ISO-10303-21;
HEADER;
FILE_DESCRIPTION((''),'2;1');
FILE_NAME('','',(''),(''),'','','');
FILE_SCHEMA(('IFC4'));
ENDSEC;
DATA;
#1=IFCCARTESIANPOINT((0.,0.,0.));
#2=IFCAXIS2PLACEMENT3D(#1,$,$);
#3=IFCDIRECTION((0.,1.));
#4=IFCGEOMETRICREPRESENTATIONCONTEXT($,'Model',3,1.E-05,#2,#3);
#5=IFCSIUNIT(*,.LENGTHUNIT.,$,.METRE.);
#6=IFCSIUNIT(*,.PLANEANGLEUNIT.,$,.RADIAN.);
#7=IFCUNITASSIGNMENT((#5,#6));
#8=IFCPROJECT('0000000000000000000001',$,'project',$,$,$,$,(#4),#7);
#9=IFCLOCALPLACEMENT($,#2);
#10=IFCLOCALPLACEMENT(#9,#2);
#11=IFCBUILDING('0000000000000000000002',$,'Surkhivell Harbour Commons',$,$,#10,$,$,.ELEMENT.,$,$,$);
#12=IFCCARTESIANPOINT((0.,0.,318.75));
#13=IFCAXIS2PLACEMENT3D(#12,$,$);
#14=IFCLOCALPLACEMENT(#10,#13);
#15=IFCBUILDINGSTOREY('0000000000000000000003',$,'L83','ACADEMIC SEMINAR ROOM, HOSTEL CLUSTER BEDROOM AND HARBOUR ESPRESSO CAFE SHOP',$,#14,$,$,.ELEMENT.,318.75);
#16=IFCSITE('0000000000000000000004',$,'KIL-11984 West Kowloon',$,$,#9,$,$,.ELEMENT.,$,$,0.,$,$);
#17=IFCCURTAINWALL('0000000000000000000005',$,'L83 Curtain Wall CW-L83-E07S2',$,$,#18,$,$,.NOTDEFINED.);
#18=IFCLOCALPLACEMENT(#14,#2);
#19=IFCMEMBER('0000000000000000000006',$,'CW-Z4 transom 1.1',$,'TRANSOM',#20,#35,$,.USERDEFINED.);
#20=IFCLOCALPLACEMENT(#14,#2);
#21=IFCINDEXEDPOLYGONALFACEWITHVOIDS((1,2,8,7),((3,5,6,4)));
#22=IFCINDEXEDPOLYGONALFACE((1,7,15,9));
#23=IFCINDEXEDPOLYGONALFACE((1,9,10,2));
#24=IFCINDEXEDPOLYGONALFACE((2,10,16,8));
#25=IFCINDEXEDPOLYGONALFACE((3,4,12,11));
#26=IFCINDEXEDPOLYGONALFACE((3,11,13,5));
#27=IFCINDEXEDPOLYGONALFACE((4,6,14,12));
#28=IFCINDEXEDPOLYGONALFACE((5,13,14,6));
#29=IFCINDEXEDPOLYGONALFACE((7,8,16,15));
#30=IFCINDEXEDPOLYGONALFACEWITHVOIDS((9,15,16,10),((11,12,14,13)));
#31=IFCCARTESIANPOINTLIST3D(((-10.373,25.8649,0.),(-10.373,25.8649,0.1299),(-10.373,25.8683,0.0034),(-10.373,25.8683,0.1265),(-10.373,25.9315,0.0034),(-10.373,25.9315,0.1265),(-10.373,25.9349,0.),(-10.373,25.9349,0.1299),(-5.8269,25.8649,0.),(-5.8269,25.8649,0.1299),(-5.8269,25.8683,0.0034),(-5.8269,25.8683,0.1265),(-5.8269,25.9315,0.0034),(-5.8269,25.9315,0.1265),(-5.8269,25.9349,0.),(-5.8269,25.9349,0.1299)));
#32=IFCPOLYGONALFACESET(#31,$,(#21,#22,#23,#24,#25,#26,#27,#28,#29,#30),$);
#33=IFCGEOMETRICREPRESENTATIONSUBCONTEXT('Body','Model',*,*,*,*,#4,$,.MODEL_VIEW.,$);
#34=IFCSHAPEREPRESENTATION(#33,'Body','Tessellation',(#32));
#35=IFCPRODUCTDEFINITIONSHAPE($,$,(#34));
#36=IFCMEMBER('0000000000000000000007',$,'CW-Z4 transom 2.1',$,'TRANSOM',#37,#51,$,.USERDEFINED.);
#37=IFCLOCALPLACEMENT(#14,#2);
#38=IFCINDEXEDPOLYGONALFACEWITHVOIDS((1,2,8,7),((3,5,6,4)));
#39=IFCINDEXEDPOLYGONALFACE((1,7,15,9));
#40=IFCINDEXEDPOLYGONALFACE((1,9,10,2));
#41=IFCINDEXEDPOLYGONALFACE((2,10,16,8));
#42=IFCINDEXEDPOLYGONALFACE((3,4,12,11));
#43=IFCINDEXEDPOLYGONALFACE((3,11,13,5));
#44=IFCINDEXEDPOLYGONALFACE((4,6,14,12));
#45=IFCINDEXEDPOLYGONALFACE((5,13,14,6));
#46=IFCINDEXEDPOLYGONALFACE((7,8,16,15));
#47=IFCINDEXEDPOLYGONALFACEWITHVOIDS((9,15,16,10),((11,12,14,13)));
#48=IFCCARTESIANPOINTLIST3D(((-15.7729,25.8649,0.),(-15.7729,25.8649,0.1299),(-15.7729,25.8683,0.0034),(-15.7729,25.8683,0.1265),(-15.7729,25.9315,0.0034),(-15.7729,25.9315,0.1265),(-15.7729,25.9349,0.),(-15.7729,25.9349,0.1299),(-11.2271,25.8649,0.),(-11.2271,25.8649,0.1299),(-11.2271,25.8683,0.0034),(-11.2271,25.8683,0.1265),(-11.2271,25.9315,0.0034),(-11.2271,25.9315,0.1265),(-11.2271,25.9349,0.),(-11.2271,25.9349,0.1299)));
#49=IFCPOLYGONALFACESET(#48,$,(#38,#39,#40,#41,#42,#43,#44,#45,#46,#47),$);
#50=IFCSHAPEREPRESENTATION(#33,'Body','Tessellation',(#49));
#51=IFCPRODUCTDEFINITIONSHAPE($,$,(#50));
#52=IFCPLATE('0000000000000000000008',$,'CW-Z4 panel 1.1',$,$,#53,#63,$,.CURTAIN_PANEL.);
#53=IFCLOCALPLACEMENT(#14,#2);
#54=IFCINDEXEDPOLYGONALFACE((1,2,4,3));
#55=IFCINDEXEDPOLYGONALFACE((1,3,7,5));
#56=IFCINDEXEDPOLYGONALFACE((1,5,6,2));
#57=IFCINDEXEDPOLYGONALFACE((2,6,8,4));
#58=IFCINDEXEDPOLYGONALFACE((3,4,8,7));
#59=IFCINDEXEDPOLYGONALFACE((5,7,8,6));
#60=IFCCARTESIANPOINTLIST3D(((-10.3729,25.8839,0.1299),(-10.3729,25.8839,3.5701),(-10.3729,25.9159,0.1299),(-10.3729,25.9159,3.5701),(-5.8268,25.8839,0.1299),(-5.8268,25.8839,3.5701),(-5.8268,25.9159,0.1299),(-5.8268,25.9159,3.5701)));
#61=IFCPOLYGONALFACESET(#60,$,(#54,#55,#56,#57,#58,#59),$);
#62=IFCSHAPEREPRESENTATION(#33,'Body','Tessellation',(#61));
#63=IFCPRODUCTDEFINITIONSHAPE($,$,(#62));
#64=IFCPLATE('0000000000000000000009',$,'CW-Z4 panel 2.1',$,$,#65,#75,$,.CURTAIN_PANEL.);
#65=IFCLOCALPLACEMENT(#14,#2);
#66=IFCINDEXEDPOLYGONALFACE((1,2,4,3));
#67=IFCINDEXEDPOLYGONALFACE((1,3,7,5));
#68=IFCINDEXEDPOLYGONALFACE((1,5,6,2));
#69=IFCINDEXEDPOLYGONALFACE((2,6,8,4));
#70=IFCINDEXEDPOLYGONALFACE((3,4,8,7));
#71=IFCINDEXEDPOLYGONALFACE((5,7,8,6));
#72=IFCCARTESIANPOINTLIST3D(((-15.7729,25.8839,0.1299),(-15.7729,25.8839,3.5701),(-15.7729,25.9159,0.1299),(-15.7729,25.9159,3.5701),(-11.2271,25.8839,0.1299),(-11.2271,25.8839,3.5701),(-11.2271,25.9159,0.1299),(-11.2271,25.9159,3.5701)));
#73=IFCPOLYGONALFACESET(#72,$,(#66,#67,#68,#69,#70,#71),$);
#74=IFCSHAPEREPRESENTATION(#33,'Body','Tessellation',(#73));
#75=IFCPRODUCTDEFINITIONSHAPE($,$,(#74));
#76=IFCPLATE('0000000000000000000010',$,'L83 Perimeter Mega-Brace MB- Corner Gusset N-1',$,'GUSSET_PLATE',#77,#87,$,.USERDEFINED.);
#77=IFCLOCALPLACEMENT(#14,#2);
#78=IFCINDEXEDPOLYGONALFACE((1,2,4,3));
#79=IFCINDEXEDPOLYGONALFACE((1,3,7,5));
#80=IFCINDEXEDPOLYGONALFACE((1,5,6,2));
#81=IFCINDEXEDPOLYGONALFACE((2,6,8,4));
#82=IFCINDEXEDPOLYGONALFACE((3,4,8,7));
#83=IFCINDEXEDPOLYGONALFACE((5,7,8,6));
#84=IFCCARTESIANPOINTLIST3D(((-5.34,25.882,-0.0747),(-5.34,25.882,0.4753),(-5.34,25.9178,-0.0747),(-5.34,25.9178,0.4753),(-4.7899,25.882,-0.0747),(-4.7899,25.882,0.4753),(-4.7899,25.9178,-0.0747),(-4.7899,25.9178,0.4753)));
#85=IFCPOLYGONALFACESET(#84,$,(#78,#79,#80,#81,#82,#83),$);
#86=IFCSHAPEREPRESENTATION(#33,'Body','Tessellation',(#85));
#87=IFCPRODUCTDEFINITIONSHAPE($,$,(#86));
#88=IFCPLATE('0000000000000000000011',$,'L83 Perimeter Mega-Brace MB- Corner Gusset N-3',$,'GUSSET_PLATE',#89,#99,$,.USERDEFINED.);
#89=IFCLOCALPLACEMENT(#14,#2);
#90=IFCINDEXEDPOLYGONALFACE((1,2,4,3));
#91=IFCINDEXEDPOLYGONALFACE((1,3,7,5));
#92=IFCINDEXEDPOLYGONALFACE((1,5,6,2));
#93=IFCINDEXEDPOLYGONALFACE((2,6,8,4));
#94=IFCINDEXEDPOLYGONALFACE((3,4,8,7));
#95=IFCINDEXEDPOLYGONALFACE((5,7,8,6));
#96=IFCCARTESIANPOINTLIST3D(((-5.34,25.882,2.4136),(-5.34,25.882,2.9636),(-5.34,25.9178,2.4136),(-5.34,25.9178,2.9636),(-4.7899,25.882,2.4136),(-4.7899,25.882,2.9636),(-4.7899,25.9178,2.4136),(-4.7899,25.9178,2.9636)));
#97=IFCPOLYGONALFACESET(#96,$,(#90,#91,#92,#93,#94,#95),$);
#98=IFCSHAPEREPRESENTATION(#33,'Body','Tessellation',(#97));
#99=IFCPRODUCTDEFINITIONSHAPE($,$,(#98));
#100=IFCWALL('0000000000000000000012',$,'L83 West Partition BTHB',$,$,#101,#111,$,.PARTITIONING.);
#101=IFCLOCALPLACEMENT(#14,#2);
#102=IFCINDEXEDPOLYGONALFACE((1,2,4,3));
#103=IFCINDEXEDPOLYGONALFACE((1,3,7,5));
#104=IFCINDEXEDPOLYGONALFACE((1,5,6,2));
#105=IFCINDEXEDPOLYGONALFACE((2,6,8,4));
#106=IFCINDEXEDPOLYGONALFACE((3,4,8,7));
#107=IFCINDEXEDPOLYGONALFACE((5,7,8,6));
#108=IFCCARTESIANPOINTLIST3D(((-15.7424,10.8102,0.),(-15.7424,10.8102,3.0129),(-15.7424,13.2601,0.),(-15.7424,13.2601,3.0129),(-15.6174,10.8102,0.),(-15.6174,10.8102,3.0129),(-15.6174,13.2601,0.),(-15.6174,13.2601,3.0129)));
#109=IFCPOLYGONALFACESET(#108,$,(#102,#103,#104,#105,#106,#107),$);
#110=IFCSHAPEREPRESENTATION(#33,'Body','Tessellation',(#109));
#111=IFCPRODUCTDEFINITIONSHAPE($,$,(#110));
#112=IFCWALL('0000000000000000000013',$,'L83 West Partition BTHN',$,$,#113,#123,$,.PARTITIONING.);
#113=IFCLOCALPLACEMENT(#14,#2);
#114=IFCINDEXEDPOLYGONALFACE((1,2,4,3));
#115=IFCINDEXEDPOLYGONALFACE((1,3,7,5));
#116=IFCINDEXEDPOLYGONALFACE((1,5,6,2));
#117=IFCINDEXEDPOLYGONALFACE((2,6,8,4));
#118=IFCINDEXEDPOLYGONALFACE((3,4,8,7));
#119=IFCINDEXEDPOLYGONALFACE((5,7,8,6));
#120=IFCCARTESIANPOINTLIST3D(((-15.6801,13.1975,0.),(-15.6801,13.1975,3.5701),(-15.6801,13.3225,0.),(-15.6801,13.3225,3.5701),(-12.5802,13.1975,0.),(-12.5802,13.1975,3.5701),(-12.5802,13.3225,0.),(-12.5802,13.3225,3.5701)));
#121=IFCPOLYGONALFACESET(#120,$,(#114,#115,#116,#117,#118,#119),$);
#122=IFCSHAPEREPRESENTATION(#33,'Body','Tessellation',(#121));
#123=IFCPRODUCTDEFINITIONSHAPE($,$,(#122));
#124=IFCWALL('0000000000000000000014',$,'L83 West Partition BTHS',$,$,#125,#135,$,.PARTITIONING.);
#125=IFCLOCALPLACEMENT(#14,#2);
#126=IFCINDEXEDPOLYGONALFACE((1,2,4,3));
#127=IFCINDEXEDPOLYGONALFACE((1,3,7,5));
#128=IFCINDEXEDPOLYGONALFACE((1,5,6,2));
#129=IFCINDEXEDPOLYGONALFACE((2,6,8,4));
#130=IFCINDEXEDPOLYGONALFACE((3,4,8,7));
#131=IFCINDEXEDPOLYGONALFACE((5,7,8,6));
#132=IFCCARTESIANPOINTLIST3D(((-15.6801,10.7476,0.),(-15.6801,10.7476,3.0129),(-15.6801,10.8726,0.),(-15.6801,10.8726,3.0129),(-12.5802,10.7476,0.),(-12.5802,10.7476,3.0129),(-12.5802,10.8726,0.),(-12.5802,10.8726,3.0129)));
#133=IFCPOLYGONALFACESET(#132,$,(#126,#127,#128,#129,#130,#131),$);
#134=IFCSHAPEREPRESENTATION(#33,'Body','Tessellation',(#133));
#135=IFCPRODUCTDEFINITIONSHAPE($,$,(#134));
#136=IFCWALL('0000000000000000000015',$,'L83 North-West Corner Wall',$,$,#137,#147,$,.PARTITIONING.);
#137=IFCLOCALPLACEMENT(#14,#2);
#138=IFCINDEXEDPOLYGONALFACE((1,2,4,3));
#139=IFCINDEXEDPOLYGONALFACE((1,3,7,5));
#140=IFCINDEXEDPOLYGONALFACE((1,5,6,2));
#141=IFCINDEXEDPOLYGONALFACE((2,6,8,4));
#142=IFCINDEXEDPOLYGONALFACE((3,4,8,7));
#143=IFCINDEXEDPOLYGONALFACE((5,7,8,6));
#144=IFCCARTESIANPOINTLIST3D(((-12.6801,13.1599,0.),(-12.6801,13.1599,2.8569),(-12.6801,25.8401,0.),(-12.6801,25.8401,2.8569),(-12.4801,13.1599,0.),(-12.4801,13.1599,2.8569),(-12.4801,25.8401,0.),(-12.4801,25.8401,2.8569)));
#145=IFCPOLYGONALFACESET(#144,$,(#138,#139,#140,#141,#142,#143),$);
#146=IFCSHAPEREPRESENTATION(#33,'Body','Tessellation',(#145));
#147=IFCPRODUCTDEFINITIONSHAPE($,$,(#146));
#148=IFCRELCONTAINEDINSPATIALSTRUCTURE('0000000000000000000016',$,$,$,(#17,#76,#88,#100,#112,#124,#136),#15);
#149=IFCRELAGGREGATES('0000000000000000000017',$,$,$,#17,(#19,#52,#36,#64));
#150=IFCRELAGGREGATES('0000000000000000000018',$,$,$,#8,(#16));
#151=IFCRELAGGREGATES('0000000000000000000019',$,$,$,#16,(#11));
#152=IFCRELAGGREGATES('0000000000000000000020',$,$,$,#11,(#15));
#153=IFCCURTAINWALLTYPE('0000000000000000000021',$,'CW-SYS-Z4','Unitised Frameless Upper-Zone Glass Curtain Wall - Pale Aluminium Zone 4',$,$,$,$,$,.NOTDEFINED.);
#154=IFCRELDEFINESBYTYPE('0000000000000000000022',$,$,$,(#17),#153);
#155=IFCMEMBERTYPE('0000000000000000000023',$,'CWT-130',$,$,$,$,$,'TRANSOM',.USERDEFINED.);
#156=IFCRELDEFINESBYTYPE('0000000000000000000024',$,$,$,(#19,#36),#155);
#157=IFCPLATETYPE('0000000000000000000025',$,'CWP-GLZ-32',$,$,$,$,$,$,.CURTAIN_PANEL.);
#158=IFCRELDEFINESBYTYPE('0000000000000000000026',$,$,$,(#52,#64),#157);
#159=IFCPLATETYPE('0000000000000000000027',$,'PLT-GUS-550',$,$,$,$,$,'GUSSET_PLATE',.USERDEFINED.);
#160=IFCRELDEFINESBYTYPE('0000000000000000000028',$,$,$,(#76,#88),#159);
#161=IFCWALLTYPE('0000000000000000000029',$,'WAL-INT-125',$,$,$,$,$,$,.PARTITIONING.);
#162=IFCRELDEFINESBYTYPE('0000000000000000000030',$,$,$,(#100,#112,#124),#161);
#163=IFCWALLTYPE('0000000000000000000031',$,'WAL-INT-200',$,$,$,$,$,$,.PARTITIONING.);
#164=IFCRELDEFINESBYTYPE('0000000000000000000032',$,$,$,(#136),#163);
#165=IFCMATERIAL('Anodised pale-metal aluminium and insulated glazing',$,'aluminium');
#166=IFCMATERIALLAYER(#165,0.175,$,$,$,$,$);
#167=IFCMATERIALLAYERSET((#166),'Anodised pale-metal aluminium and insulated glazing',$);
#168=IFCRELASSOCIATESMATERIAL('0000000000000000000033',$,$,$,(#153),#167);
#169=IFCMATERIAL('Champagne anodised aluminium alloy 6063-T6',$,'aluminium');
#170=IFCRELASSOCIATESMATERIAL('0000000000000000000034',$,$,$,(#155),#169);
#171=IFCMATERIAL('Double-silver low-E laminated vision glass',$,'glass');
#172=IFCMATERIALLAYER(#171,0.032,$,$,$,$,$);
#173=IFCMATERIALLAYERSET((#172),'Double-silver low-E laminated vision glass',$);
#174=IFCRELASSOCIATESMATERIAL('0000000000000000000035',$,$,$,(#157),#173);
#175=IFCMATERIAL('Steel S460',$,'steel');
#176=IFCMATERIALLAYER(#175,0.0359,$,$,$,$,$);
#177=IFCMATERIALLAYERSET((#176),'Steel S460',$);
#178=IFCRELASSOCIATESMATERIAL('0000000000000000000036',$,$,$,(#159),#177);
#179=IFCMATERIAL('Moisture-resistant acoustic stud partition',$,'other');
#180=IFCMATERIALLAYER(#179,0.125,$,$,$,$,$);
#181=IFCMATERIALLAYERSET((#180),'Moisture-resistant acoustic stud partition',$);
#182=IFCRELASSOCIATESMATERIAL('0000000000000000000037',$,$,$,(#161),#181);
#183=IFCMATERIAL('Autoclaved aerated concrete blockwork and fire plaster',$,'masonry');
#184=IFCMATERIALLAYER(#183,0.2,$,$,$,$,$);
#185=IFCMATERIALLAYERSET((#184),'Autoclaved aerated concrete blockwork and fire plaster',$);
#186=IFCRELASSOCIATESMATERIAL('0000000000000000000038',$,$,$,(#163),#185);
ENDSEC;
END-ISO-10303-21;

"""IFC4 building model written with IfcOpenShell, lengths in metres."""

from ifc_helpers import new_model, si_unit, direction, frame, frame_2d, origin, origin_2d, place, context, subcontext, project, spatial, rectangle, hollow_rectangle, extrude, material, layer, layer_set, material_profile, profile_set, type_object, element, aggregate, save


model = new_model("IFC4")

# Units and contexts
model_context = context("Model", 3, precision=1e-05, world=origin(), true_north=direction((0.0, 1.0)))
body_context = subcontext(model_context, "Body", "Model", "MODEL_VIEW")
ifc_project = project(units=[si_unit("LENGTHUNIT", "METRE"), si_unit("PLANEANGLEUNIT", "RADIAN")], contexts=[model_context])

# Site, building, storey
site_placement = place(None, origin())
site = spatial("IfcSite", under=ifc_project, at=site_placement, Name="KIL-11984 West Kowloon", CompositionType="ELEMENT", RefElevation=0.0)
building_placement = place(site_placement, origin())
building = spatial("IfcBuilding", under=site, at=building_placement, Name="Surkhivell Harbour Commons", CompositionType="ELEMENT")
storey_placement = place(building_placement, frame((0.0, 0.0, 318.75)))
storey = spatial("IfcBuildingStorey", under=building, at=storey_placement, Name="L83", Description="ACADEMIC SEMINAR ROOM, HOSTEL CLUSTER BEDROOM AND HARBOUR ESPRESSO CAFE SHOP", CompositionType="ELEMENT", Elevation=318.75)

# Curtain wall, members, plates
ifc_material_1 = material(Name="Anodised pale-metal aluminium and insulated glazing", Category="aluminium")
ifc_layer_1 = layer(ifc_material_1, 0.175)
ifc_layer_set_1 = layer_set([ifc_layer_1], Name="Anodised pale-metal aluminium and insulated glazing")
curtain_wall_type = type_object("IfcCurtainWallType", Name="CW-SYS-Z4", Description="Unitised Frameless Upper-Zone Glass Curtain Wall - Pale Aluminium Zone 4", PredefinedType="NOTDEFINED", material=ifc_layer_set_1)
curtain_wall_placement = place(storey_placement, origin())
curtain_wall = element("IfcCurtainWall", 1, at=curtain_wall_placement, inside=storey, type_object=curtain_wall_type, Name="L83 Curtain Wall CW-L83-E07S2", PredefinedType="NOTDEFINED")
ifc_material_2 = material(Name="Champagne anodised aluminium alloy 6063-T6", Category="aluminium")
ifc_material_profile_1 = material_profile(ifc_material_2, hollow_rectangle(XDim=0.0701, YDim=0.1299, WallThickness=0.0034, at=origin_2d()), Name="ALU-TRAN-70x130")
ifc_profile_set_1 = profile_set([ifc_material_profile_1], Name="Champagne anodised aluminium alloy 6063-T6")
member_type_1 = type_object("IfcMemberType", Name="CWT-130", ElementType="TRANSOM", PredefinedType="USERDEFINED", material=ifc_profile_set_1)
member_1_placement = place(storey_placement, frame((-5.8269, 25.8999, 0.0649), z_axis=(-1.0, 0.0, 0.0), x_axis=(0.0, -1.0, 0.0)))
member_1 = element("IfcMember", 2, at=member_1_placement, type_object=member_type_1, Name="CW-Z4 transom 1.1", ObjectType="TRANSOM", PredefinedType="USERDEFINED", context=body_context, shape_type="SweptSolid", body=[
    extrude(hollow_rectangle(XDim=0.0701, YDim=0.1299, WallThickness=0.0034, at=origin_2d()), origin(), (0.0, 0.0, 1.0), 4.5461),
])
member_2_placement = place(storey_placement, frame((-11.2271, 25.8999, 0.0649), z_axis=(-1.0, 0.0, 0.0), x_axis=(0.0, -1.0, 0.0)))
member_2 = element("IfcMember", 3, at=member_2_placement, type_object=member_type_1, Name="CW-Z4 transom 2.1", ObjectType="TRANSOM", PredefinedType="USERDEFINED", context=body_context, shape_type="SweptSolid", body=[
    extrude(hollow_rectangle(XDim=0.0701, YDim=0.1299, WallThickness=0.0034, at=origin_2d()), origin(), (0.0, 0.0, 1.0), 4.5459),
])
ifc_material_3 = material(Name="Double-silver low-E laminated vision glass", Category="glass")
ifc_layer_2 = layer(ifc_material_3, 0.032)
ifc_layer_set_2 = layer_set([ifc_layer_2], Name="Double-silver low-E laminated vision glass")
plate_type_1 = type_object("IfcPlateType", Name="CWP-GLZ-32", PredefinedType="CURTAIN_PANEL", material=ifc_layer_set_2)
plate_1_placement = place(storey_placement, frame((-5.8269, 25.8999, 0.1299), z_axis=(0.0, 0.0, 1.0), x_axis=(-1.0, 0.0, 0.0)))
plate_1 = element("IfcPlate", 4, at=plate_1_placement, type_object=plate_type_1, Name="CW-Z4 panel 1.1", PredefinedType="CURTAIN_PANEL", context=body_context, shape_type="SweptSolid", body=[
    extrude(rectangle(XDim=4.5461, YDim=0.032, at=frame_2d((2.2729, 0.0))), origin(), (0.0, 0.0, 1.0), 3.4402),
])
plate_2_placement = place(storey_placement, frame((-11.2271, 25.8999, 0.1299), z_axis=(0.0, 0.0, 1.0), x_axis=(-1.0, 0.0, 0.0)))
plate_2 = element("IfcPlate", 5, at=plate_2_placement, type_object=plate_type_1, Name="CW-Z4 panel 2.1", PredefinedType="CURTAIN_PANEL", context=body_context, shape_type="SweptSolid", body=[
    extrude(rectangle(XDim=4.5459, YDim=0.032, at=frame_2d((2.2729, 0.0))), origin(), (0.0, 0.0, 1.0), 3.4402),
])
aggregate(curtain_wall, [member_1, plate_1, member_2, plate_2])

# Plates
ifc_material_4 = material(Name="Steel S460", Category="steel")
ifc_layer_3 = layer(ifc_material_4, 0.0359)
ifc_layer_set_3 = layer_set([ifc_layer_3], Name="Steel S460")
plate_type_2 = type_object("IfcPlateType", Name="PLT-GUS-550", ElementType="GUSSET_PLATE", PredefinedType="USERDEFINED", material=ifc_layer_set_3)
for number, where, z_axis, x_axis, name in (
    (6, (-5.0649, 25.8999, -0.0747), (0.0, 0.0, 1.0), (1.0, 0.0, 0.0), "L83 Perimeter Mega-Brace MB- Corner Gusset N-1"),
    (7, (-5.0649, 25.8999, 2.4136), (0.0, 0.0, 1.0), (1.0, 0.0, 0.0), "L83 Perimeter Mega-Brace MB- Corner Gusset N-3"),
):
    element("IfcPlate", number, at=place(storey_placement, frame(where, z_axis=z_axis, x_axis=x_axis)), inside=storey, type_object=plate_type_2, Name=name, ObjectType="GUSSET_PLATE", PredefinedType="USERDEFINED", context=body_context, shape_type="SweptSolid", body=[
        extrude(rectangle(XDim=0.55, YDim=0.0359, at=origin_2d()), origin(), (0.0, 0.0, 1.0), 0.55),
    ])

# Walls
ifc_material_5 = material(Name="Moisture-resistant acoustic stud partition", Category="other")
ifc_layer_4 = layer(ifc_material_5, 0.125)
ifc_layer_set_4 = layer_set([ifc_layer_4], Name="Moisture-resistant acoustic stud partition")
wall_type_1 = type_object("IfcWallType", Name="WAL-INT-125", PredefinedType="PARTITIONING", material=ifc_layer_set_4)
wall_1_placement = place(storey_placement, frame((-15.6799, 10.8101, 0.0), z_axis=(0.0, 0.0, 1.0), x_axis=(0.0, 1.0, 0.0)))
element("IfcWall", 8, at=wall_1_placement, inside=storey, type_object=wall_type_1, Name="L83 West Partition BTHB", PredefinedType="PARTITIONING", context=body_context, shape_type="SweptSolid", body=[
    extrude(rectangle(XDim=2.45, YDim=0.125, at=frame_2d((1.2251, 0.0))), origin(), (0.0, 0.0, 1.0), 3.0129),
])
wall_2_placement = place(storey_placement, frame((-15.6799, 13.26, 0.0), z_axis=(0.0, 0.0, 1.0), x_axis=(1.0, 0.0, 0.0)))
element("IfcWall", 9, at=wall_2_placement, inside=storey, type_object=wall_type_1, Name="L83 West Partition BTHN", PredefinedType="PARTITIONING", context=body_context, shape_type="SweptSolid", body=[
    extrude(rectangle(XDim=3.0999, YDim=0.125, at=frame_2d((1.5498, 0.0))), origin(), (0.0, 0.0, 1.0), 3.5701),
])
wall_3_placement = place(storey_placement, frame((-15.6799, 10.8101, 0.0), z_axis=(0.0, 0.0, 1.0), x_axis=(1.0, 0.0, 0.0)))
element("IfcWall", 10, at=wall_3_placement, inside=storey, type_object=wall_type_1, Name="L83 West Partition BTHS", PredefinedType="PARTITIONING", context=body_context, shape_type="SweptSolid", body=[
    extrude(rectangle(XDim=3.0999, YDim=0.125, at=frame_2d((1.5498, 0.0))), origin(), (0.0, 0.0, 1.0), 3.0129),
])
ifc_material_6 = material(Name="Autoclaved aerated concrete blockwork and fire plaster", Category="masonry")
ifc_layer_5 = layer(ifc_material_6, 0.2)
ifc_layer_set_5 = layer_set([ifc_layer_5], Name="Autoclaved aerated concrete blockwork and fire plaster")
wall_type_2 = type_object("IfcWallType", Name="WAL-INT-200", PredefinedType="PARTITIONING", material=ifc_layer_set_5)
wall_4_placement = place(storey_placement, frame((-12.5801, 13.1599, 0.0), z_axis=(0.0, 0.0, 1.0), x_axis=(0.0, 1.0, 0.0)))
element("IfcWall", 11, at=wall_4_placement, inside=storey, type_object=wall_type_2, Name="L83 North-West Corner Wall", PredefinedType="PARTITIONING", context=body_context, shape_type="SweptSolid", body=[
    extrude(rectangle(XDim=12.6802, YDim=0.2, at=frame_2d((6.3401, 0.0))), origin(), (0.0, 0.0, 1.0), 2.8569),
])

save(model, "model.ifc")
